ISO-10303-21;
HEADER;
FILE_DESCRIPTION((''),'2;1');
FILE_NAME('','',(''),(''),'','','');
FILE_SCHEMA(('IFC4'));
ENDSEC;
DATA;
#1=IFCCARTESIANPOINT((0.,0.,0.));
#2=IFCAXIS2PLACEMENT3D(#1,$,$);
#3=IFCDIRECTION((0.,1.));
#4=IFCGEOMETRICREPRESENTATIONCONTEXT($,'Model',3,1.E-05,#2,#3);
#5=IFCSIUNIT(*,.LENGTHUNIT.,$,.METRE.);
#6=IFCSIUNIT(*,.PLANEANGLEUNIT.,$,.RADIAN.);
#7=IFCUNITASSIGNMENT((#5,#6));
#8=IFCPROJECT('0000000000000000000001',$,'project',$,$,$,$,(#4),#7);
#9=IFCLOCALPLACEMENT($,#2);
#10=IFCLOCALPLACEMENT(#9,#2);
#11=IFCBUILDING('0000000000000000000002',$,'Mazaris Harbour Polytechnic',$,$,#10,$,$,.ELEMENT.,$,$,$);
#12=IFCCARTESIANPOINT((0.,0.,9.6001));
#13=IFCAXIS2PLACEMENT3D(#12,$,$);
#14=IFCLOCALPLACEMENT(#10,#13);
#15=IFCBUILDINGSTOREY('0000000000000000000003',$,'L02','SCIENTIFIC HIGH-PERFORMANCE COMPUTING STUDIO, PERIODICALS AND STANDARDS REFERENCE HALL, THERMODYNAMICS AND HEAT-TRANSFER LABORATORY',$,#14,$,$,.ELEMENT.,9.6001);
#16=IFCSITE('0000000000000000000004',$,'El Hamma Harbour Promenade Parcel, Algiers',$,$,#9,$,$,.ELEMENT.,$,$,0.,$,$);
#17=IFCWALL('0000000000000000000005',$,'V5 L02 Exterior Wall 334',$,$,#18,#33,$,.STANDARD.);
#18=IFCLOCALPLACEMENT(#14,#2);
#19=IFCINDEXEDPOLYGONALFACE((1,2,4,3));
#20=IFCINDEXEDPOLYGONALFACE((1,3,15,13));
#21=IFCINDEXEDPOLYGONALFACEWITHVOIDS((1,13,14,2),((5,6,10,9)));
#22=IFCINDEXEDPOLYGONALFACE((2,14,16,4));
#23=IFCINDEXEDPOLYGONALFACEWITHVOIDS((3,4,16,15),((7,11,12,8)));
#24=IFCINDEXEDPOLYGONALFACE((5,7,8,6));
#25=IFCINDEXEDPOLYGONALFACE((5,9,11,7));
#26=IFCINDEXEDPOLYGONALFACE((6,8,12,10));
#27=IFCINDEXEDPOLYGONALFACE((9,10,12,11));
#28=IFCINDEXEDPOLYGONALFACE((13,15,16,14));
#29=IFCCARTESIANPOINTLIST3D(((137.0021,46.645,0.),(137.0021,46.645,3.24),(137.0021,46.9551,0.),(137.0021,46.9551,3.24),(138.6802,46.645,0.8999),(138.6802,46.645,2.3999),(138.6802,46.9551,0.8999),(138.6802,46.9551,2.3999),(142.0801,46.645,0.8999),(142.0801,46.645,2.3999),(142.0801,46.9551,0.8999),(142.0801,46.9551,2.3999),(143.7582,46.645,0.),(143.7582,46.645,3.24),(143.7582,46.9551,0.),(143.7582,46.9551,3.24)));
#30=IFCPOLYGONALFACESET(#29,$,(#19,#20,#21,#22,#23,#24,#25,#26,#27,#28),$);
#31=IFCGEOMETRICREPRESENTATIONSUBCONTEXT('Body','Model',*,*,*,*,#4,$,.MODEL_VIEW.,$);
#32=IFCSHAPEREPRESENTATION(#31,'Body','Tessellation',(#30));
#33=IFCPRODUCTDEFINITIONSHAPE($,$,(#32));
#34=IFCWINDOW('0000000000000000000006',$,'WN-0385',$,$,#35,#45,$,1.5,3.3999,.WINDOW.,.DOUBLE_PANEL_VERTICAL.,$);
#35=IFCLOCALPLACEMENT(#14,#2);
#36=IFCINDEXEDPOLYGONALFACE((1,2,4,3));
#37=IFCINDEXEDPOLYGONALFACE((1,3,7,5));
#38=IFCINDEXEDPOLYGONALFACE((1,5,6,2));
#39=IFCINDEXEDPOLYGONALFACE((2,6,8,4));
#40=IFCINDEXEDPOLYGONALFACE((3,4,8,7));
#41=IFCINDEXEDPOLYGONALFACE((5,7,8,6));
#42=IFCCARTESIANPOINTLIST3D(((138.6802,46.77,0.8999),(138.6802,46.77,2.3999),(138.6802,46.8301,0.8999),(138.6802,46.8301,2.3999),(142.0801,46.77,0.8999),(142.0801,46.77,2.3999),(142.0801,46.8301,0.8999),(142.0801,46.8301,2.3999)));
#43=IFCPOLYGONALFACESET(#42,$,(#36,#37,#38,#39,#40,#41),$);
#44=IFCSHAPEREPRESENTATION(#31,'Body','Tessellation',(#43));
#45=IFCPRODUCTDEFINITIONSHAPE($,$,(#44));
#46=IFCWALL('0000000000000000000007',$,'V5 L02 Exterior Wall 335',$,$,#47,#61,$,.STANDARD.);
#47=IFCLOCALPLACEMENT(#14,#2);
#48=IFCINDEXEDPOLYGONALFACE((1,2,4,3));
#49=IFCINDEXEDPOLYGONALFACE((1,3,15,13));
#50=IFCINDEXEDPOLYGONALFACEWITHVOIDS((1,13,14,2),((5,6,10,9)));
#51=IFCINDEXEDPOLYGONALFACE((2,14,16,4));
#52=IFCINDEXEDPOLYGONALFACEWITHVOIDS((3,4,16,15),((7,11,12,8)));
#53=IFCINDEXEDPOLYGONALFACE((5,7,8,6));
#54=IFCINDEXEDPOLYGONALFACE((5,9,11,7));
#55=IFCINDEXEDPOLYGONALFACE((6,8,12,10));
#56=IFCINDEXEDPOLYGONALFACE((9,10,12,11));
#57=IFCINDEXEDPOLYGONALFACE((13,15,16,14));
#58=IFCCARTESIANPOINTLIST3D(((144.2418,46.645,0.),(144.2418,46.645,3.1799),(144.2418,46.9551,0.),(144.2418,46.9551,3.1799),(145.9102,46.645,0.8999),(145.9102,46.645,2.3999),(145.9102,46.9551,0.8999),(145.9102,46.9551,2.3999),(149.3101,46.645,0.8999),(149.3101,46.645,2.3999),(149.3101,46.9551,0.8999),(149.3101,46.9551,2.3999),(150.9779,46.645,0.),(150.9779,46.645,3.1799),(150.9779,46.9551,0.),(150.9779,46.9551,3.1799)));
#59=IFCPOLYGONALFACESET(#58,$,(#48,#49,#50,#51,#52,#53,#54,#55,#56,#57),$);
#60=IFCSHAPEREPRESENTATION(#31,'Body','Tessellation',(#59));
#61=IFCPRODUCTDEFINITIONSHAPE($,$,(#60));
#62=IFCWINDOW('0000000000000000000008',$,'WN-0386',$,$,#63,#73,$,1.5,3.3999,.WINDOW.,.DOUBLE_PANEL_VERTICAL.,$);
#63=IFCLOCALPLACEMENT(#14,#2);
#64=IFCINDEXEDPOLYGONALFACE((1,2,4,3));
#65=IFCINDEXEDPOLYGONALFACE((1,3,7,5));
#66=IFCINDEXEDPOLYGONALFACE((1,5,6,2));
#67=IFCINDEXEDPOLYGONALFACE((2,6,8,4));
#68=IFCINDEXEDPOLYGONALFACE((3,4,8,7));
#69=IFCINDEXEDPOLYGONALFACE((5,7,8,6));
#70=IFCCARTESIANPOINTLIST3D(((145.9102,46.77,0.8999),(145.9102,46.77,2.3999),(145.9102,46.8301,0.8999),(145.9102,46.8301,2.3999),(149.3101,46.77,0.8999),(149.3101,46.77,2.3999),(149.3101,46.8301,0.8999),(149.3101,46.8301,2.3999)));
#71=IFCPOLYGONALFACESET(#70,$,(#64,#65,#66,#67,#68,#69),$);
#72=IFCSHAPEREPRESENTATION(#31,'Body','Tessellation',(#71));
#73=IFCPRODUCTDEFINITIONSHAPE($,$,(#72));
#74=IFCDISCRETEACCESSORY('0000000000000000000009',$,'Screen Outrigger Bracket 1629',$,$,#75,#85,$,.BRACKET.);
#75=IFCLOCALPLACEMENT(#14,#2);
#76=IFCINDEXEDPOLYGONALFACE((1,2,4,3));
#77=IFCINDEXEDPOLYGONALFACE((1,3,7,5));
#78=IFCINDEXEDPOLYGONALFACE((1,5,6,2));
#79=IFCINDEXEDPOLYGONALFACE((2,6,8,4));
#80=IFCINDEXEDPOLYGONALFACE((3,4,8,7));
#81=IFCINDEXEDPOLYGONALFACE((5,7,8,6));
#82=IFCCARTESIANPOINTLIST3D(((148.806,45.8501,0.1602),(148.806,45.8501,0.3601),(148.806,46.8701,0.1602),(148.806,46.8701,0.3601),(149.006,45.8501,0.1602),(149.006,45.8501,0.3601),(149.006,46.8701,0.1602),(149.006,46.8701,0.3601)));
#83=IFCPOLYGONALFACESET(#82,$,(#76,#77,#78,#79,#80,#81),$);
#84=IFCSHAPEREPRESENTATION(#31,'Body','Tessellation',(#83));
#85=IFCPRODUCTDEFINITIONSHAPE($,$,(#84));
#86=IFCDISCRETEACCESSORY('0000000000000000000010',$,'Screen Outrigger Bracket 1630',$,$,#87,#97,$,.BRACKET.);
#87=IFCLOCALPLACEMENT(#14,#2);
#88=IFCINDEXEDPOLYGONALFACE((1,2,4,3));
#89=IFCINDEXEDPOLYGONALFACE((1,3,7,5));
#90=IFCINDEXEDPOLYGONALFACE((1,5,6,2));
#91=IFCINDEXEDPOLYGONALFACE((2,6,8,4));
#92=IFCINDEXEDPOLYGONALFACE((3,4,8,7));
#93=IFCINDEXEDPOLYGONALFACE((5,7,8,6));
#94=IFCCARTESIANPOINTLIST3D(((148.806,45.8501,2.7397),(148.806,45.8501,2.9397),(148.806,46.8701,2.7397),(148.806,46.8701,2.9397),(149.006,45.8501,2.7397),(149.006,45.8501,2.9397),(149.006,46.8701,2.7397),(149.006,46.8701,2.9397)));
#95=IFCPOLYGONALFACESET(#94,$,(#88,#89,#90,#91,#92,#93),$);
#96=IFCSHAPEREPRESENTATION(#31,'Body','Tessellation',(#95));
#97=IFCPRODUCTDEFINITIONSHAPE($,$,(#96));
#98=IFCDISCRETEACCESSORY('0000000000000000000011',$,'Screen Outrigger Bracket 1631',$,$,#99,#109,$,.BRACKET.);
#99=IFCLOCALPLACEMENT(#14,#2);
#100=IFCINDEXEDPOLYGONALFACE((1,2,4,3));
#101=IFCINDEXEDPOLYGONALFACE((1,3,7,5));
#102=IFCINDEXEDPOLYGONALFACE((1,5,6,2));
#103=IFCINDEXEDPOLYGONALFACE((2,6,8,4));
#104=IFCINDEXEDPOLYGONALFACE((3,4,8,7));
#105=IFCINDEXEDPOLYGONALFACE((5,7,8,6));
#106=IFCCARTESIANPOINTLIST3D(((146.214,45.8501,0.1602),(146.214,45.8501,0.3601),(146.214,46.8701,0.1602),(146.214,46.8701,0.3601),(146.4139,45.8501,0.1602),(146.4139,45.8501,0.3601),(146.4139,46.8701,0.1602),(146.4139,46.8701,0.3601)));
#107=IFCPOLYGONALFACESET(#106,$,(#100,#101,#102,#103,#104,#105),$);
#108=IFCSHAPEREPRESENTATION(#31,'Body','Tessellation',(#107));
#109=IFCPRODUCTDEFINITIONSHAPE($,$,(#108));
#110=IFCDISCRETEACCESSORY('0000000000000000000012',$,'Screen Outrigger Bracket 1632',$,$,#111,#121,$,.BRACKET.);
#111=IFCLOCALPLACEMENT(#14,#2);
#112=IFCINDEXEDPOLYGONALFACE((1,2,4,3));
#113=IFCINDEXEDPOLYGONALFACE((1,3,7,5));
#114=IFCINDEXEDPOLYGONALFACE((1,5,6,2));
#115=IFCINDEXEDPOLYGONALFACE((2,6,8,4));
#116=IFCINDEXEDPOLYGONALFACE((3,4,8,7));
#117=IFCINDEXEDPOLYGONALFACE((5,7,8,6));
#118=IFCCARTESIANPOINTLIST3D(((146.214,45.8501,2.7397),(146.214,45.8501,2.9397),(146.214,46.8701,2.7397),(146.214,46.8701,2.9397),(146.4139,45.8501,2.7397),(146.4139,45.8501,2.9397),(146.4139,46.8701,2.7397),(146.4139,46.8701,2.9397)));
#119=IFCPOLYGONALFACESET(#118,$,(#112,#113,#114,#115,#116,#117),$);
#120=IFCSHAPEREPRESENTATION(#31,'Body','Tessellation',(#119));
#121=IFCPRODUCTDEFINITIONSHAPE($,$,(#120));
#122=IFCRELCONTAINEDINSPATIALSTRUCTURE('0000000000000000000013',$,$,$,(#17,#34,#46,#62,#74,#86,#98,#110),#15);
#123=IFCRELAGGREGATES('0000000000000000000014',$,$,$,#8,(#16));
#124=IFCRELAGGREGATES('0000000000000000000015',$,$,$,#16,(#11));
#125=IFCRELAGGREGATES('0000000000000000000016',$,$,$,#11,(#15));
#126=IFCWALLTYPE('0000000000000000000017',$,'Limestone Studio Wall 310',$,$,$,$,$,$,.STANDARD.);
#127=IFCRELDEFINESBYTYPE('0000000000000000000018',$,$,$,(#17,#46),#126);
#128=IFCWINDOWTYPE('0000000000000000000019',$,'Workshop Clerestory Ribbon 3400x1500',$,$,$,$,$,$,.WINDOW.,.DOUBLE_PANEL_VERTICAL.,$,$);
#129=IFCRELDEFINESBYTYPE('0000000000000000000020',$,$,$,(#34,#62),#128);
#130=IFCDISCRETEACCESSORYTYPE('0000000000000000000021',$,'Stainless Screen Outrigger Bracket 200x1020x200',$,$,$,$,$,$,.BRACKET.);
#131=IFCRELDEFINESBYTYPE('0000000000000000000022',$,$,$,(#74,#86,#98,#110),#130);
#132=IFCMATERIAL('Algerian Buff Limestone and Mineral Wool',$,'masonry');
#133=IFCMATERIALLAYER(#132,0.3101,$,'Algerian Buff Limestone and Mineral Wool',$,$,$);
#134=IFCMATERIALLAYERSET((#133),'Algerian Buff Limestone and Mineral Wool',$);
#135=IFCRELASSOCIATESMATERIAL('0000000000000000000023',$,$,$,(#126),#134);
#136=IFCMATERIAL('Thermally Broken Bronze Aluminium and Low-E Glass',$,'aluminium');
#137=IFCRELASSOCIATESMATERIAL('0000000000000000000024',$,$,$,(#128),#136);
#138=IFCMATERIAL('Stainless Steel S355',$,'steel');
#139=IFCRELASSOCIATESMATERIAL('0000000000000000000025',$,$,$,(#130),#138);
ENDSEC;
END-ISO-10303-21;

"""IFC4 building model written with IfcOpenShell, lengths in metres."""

from ifc_helpers import new_model, si_unit, direction, frame, frame_2d, origin, origin_2d, place, context, subcontext, project, spatial, rectangle, extrude, material, layer, layer_set, type_object, element, fill, save


model = new_model("IFC4")

# Units and contexts
model_context = context("Model", 3, precision=1e-05, world=origin(), true_north=direction((0.0, 1.0)))
body_context = subcontext(model_context, "Body", "Model", "MODEL_VIEW")
ifc_project = project(units=[si_unit("LENGTHUNIT", "METRE"), si_unit("PLANEANGLEUNIT", "RADIAN")], contexts=[model_context])

# Site, building, storey
site_placement = place(None, origin())
site = spatial("IfcSite", under=ifc_project, at=site_placement, Name="El Hamma Harbour Promenade Parcel, Algiers", CompositionType="ELEMENT", RefElevation=0.0)
building_placement = place(site_placement, origin())
building = spatial("IfcBuilding", under=site, at=building_placement, Name="Mazaris Harbour Polytechnic", CompositionType="ELEMENT")
storey_placement = place(building_placement, frame((0.0, 0.0, 9.6001)))
storey = spatial("IfcBuildingStorey", under=building, at=storey_placement, Name="L02", Description="SCIENTIFIC HIGH-PERFORMANCE COMPUTING STUDIO, PERIODICALS AND STANDARDS REFERENCE HALL, THERMODYNAMICS AND HEAT-TRANSFER LABORATORY", CompositionType="ELEMENT", Elevation=9.6001)

# Walls, openings, windows
ifc_material_1 = material(Name="Algerian Buff Limestone and Mineral Wool", Category="masonry")
ifc_layer = layer(ifc_material_1, 0.3101, Name="Algerian Buff Limestone and Mineral Wool")
ifc_layer_set = layer_set([ifc_layer], Name="Algerian Buff Limestone and Mineral Wool")
wall_type = type_object("IfcWallType", Name="Limestone Studio Wall 310", PredefinedType="STANDARD", material=ifc_layer_set)
wall_1_placement = place(storey_placement, frame((143.7581, 46.8, 0.0), z_axis=(0.0, 0.0, 1.0), x_axis=(-1.0, 0.0, 0.0)))
wall_1 = element("IfcWall", 1, at=wall_1_placement, inside=storey, type_object=wall_type, Name="V5 L02 Exterior Wall 334", PredefinedType="STANDARD", context=body_context, shape_type="SweptSolid", body=[
    extrude(rectangle(XDim=6.7561, YDim=0.3101, at=frame_2d((3.3779, 0.0))), origin(), (0.0, 0.0, 1.0), 3.24),
])
opening_1_placement = place(wall_1_placement, frame((1.678, 0.0, 0.8999)))
opening_1 = element("IfcOpeningElement", 2, at=opening_1_placement, cuts=wall_1, PredefinedType="OPENING", context=body_context, shape_type="SweptSolid", body=[
    extrude(rectangle(XDim=3.3999, YDim=1.5, at=frame_2d((1.7, 0.75))), frame((0.0, 0.165, 0.0), z_axis=(0.0, -1.0, 0.0), x_axis=(1.0, 0.0, 0.0)), (0.0, 0.0, 1.0), 0.3301),
])
ifc_material_2 = material(Name="Thermally Broken Bronze Aluminium and Low-E Glass", Category="aluminium")
window_type = type_object("IfcWindowType", Name="Workshop Clerestory Ribbon 3400x1500", PartitioningType="DOUBLE_PANEL_VERTICAL", PredefinedType="WINDOW", material=ifc_material_2)
window_1_placement = place(opening_1_placement, origin())
window_1 = element("IfcWindow", 3, at=window_1_placement, inside=storey, type_object=window_type, Name="WN-0385", OverallHeight=1.5, OverallWidth=3.3999, PartitioningType="DOUBLE_PANEL_VERTICAL", PredefinedType="WINDOW", context=body_context, shape_type="SweptSolid", body=[
    extrude(rectangle(XDim=3.3999, YDim=1.5, at=frame_2d((1.7, 0.75))), frame((0.0, 0.03, 0.0), z_axis=(0.0, -1.0, 0.0), x_axis=(1.0, 0.0, 0.0)), (0.0, 0.0, 1.0), 0.0601),
])
fill(opening_1, window_1)
wall_2_placement = place(storey_placement, frame((150.978, 46.8, 0.0), z_axis=(0.0, 0.0, 1.0), x_axis=(-1.0, 0.0, 0.0)))
wall_2 = element("IfcWall", 4, at=wall_2_placement, inside=storey, type_object=wall_type, Name="V5 L02 Exterior Wall 335", PredefinedType="STANDARD", context=body_context, shape_type="SweptSolid", body=[
    extrude(rectangle(XDim=6.7361, YDim=0.3101, at=frame_2d((3.3682, 0.0))), origin(), (0.0, 0.0, 1.0), 3.1799),
])
opening_2_placement = place(wall_2_placement, frame((1.668, 0.0, 0.8999)))
opening_2 = element("IfcOpeningElement", 5, at=opening_2_placement, cuts=wall_2, PredefinedType="OPENING", context=body_context, shape_type="SweptSolid", body=[
    extrude(rectangle(XDim=3.3999, YDim=1.5, at=frame_2d((1.7, 0.75))), frame((0.0, 0.165, 0.0), z_axis=(0.0, -1.0, 0.0), x_axis=(1.0, 0.0, 0.0)), (0.0, 0.0, 1.0), 0.3301),
])
window_2_placement = place(opening_2_placement, origin())
window_2 = element("IfcWindow", 6, at=window_2_placement, inside=storey, type_object=window_type, Name="WN-0386", OverallHeight=1.5, OverallWidth=3.3999, PartitioningType="DOUBLE_PANEL_VERTICAL", PredefinedType="WINDOW", context=body_context, shape_type="SweptSolid", body=[
    extrude(rectangle(XDim=3.3999, YDim=1.5, at=frame_2d((1.7, 0.75))), frame((0.0, 0.03, 0.0), z_axis=(0.0, -1.0, 0.0), x_axis=(1.0, 0.0, 0.0)), (0.0, 0.0, 1.0), 0.0601),
])
fill(opening_2, window_2)

# Discrete accessories
ifc_material_3 = material(Name="Stainless Steel S355", Category="steel")
discrete_accessory_type = type_object("IfcDiscreteAccessoryType", Name="Stainless Screen Outrigger Bracket 200x1020x200", PredefinedType="BRACKET", material=ifc_material_3)
for number, where, z_axis, x_axis, name in (
    (7, (148.906, 46.3601, 0.1602), (0.0, 0.0, 1.0), (-1.0, 0.0, 0.0), "Screen Outrigger Bracket 1629"),
    (8, (148.906, 46.3601, 2.7397), (0.0, 0.0, 1.0), (-1.0, 0.0, 0.0), "Screen Outrigger Bracket 1630"),
    (9, (146.314, 46.3601, 0.1602), (0.0, 0.0, 1.0), (-1.0, 0.0, 0.0), "Screen Outrigger Bracket 1631"),
    (10, (146.314, 46.3601, 2.7397), (0.0, 0.0, 1.0), (-1.0, 0.0, 0.0), "Screen Outrigger Bracket 1632"),
):
    element("IfcDiscreteAccessory", number, at=place(storey_placement, frame(where, z_axis=z_axis, x_axis=x_axis)), inside=storey, type_object=discrete_accessory_type, Name=name, PredefinedType="BRACKET", context=body_context, shape_type="SweptSolid", body=[
        extrude(rectangle(XDim=0.2, YDim=1.02, at=origin_2d()), origin(), (0.0, 0.0, 1.0), 0.2),
    ])

save(model, "model.ifc")
